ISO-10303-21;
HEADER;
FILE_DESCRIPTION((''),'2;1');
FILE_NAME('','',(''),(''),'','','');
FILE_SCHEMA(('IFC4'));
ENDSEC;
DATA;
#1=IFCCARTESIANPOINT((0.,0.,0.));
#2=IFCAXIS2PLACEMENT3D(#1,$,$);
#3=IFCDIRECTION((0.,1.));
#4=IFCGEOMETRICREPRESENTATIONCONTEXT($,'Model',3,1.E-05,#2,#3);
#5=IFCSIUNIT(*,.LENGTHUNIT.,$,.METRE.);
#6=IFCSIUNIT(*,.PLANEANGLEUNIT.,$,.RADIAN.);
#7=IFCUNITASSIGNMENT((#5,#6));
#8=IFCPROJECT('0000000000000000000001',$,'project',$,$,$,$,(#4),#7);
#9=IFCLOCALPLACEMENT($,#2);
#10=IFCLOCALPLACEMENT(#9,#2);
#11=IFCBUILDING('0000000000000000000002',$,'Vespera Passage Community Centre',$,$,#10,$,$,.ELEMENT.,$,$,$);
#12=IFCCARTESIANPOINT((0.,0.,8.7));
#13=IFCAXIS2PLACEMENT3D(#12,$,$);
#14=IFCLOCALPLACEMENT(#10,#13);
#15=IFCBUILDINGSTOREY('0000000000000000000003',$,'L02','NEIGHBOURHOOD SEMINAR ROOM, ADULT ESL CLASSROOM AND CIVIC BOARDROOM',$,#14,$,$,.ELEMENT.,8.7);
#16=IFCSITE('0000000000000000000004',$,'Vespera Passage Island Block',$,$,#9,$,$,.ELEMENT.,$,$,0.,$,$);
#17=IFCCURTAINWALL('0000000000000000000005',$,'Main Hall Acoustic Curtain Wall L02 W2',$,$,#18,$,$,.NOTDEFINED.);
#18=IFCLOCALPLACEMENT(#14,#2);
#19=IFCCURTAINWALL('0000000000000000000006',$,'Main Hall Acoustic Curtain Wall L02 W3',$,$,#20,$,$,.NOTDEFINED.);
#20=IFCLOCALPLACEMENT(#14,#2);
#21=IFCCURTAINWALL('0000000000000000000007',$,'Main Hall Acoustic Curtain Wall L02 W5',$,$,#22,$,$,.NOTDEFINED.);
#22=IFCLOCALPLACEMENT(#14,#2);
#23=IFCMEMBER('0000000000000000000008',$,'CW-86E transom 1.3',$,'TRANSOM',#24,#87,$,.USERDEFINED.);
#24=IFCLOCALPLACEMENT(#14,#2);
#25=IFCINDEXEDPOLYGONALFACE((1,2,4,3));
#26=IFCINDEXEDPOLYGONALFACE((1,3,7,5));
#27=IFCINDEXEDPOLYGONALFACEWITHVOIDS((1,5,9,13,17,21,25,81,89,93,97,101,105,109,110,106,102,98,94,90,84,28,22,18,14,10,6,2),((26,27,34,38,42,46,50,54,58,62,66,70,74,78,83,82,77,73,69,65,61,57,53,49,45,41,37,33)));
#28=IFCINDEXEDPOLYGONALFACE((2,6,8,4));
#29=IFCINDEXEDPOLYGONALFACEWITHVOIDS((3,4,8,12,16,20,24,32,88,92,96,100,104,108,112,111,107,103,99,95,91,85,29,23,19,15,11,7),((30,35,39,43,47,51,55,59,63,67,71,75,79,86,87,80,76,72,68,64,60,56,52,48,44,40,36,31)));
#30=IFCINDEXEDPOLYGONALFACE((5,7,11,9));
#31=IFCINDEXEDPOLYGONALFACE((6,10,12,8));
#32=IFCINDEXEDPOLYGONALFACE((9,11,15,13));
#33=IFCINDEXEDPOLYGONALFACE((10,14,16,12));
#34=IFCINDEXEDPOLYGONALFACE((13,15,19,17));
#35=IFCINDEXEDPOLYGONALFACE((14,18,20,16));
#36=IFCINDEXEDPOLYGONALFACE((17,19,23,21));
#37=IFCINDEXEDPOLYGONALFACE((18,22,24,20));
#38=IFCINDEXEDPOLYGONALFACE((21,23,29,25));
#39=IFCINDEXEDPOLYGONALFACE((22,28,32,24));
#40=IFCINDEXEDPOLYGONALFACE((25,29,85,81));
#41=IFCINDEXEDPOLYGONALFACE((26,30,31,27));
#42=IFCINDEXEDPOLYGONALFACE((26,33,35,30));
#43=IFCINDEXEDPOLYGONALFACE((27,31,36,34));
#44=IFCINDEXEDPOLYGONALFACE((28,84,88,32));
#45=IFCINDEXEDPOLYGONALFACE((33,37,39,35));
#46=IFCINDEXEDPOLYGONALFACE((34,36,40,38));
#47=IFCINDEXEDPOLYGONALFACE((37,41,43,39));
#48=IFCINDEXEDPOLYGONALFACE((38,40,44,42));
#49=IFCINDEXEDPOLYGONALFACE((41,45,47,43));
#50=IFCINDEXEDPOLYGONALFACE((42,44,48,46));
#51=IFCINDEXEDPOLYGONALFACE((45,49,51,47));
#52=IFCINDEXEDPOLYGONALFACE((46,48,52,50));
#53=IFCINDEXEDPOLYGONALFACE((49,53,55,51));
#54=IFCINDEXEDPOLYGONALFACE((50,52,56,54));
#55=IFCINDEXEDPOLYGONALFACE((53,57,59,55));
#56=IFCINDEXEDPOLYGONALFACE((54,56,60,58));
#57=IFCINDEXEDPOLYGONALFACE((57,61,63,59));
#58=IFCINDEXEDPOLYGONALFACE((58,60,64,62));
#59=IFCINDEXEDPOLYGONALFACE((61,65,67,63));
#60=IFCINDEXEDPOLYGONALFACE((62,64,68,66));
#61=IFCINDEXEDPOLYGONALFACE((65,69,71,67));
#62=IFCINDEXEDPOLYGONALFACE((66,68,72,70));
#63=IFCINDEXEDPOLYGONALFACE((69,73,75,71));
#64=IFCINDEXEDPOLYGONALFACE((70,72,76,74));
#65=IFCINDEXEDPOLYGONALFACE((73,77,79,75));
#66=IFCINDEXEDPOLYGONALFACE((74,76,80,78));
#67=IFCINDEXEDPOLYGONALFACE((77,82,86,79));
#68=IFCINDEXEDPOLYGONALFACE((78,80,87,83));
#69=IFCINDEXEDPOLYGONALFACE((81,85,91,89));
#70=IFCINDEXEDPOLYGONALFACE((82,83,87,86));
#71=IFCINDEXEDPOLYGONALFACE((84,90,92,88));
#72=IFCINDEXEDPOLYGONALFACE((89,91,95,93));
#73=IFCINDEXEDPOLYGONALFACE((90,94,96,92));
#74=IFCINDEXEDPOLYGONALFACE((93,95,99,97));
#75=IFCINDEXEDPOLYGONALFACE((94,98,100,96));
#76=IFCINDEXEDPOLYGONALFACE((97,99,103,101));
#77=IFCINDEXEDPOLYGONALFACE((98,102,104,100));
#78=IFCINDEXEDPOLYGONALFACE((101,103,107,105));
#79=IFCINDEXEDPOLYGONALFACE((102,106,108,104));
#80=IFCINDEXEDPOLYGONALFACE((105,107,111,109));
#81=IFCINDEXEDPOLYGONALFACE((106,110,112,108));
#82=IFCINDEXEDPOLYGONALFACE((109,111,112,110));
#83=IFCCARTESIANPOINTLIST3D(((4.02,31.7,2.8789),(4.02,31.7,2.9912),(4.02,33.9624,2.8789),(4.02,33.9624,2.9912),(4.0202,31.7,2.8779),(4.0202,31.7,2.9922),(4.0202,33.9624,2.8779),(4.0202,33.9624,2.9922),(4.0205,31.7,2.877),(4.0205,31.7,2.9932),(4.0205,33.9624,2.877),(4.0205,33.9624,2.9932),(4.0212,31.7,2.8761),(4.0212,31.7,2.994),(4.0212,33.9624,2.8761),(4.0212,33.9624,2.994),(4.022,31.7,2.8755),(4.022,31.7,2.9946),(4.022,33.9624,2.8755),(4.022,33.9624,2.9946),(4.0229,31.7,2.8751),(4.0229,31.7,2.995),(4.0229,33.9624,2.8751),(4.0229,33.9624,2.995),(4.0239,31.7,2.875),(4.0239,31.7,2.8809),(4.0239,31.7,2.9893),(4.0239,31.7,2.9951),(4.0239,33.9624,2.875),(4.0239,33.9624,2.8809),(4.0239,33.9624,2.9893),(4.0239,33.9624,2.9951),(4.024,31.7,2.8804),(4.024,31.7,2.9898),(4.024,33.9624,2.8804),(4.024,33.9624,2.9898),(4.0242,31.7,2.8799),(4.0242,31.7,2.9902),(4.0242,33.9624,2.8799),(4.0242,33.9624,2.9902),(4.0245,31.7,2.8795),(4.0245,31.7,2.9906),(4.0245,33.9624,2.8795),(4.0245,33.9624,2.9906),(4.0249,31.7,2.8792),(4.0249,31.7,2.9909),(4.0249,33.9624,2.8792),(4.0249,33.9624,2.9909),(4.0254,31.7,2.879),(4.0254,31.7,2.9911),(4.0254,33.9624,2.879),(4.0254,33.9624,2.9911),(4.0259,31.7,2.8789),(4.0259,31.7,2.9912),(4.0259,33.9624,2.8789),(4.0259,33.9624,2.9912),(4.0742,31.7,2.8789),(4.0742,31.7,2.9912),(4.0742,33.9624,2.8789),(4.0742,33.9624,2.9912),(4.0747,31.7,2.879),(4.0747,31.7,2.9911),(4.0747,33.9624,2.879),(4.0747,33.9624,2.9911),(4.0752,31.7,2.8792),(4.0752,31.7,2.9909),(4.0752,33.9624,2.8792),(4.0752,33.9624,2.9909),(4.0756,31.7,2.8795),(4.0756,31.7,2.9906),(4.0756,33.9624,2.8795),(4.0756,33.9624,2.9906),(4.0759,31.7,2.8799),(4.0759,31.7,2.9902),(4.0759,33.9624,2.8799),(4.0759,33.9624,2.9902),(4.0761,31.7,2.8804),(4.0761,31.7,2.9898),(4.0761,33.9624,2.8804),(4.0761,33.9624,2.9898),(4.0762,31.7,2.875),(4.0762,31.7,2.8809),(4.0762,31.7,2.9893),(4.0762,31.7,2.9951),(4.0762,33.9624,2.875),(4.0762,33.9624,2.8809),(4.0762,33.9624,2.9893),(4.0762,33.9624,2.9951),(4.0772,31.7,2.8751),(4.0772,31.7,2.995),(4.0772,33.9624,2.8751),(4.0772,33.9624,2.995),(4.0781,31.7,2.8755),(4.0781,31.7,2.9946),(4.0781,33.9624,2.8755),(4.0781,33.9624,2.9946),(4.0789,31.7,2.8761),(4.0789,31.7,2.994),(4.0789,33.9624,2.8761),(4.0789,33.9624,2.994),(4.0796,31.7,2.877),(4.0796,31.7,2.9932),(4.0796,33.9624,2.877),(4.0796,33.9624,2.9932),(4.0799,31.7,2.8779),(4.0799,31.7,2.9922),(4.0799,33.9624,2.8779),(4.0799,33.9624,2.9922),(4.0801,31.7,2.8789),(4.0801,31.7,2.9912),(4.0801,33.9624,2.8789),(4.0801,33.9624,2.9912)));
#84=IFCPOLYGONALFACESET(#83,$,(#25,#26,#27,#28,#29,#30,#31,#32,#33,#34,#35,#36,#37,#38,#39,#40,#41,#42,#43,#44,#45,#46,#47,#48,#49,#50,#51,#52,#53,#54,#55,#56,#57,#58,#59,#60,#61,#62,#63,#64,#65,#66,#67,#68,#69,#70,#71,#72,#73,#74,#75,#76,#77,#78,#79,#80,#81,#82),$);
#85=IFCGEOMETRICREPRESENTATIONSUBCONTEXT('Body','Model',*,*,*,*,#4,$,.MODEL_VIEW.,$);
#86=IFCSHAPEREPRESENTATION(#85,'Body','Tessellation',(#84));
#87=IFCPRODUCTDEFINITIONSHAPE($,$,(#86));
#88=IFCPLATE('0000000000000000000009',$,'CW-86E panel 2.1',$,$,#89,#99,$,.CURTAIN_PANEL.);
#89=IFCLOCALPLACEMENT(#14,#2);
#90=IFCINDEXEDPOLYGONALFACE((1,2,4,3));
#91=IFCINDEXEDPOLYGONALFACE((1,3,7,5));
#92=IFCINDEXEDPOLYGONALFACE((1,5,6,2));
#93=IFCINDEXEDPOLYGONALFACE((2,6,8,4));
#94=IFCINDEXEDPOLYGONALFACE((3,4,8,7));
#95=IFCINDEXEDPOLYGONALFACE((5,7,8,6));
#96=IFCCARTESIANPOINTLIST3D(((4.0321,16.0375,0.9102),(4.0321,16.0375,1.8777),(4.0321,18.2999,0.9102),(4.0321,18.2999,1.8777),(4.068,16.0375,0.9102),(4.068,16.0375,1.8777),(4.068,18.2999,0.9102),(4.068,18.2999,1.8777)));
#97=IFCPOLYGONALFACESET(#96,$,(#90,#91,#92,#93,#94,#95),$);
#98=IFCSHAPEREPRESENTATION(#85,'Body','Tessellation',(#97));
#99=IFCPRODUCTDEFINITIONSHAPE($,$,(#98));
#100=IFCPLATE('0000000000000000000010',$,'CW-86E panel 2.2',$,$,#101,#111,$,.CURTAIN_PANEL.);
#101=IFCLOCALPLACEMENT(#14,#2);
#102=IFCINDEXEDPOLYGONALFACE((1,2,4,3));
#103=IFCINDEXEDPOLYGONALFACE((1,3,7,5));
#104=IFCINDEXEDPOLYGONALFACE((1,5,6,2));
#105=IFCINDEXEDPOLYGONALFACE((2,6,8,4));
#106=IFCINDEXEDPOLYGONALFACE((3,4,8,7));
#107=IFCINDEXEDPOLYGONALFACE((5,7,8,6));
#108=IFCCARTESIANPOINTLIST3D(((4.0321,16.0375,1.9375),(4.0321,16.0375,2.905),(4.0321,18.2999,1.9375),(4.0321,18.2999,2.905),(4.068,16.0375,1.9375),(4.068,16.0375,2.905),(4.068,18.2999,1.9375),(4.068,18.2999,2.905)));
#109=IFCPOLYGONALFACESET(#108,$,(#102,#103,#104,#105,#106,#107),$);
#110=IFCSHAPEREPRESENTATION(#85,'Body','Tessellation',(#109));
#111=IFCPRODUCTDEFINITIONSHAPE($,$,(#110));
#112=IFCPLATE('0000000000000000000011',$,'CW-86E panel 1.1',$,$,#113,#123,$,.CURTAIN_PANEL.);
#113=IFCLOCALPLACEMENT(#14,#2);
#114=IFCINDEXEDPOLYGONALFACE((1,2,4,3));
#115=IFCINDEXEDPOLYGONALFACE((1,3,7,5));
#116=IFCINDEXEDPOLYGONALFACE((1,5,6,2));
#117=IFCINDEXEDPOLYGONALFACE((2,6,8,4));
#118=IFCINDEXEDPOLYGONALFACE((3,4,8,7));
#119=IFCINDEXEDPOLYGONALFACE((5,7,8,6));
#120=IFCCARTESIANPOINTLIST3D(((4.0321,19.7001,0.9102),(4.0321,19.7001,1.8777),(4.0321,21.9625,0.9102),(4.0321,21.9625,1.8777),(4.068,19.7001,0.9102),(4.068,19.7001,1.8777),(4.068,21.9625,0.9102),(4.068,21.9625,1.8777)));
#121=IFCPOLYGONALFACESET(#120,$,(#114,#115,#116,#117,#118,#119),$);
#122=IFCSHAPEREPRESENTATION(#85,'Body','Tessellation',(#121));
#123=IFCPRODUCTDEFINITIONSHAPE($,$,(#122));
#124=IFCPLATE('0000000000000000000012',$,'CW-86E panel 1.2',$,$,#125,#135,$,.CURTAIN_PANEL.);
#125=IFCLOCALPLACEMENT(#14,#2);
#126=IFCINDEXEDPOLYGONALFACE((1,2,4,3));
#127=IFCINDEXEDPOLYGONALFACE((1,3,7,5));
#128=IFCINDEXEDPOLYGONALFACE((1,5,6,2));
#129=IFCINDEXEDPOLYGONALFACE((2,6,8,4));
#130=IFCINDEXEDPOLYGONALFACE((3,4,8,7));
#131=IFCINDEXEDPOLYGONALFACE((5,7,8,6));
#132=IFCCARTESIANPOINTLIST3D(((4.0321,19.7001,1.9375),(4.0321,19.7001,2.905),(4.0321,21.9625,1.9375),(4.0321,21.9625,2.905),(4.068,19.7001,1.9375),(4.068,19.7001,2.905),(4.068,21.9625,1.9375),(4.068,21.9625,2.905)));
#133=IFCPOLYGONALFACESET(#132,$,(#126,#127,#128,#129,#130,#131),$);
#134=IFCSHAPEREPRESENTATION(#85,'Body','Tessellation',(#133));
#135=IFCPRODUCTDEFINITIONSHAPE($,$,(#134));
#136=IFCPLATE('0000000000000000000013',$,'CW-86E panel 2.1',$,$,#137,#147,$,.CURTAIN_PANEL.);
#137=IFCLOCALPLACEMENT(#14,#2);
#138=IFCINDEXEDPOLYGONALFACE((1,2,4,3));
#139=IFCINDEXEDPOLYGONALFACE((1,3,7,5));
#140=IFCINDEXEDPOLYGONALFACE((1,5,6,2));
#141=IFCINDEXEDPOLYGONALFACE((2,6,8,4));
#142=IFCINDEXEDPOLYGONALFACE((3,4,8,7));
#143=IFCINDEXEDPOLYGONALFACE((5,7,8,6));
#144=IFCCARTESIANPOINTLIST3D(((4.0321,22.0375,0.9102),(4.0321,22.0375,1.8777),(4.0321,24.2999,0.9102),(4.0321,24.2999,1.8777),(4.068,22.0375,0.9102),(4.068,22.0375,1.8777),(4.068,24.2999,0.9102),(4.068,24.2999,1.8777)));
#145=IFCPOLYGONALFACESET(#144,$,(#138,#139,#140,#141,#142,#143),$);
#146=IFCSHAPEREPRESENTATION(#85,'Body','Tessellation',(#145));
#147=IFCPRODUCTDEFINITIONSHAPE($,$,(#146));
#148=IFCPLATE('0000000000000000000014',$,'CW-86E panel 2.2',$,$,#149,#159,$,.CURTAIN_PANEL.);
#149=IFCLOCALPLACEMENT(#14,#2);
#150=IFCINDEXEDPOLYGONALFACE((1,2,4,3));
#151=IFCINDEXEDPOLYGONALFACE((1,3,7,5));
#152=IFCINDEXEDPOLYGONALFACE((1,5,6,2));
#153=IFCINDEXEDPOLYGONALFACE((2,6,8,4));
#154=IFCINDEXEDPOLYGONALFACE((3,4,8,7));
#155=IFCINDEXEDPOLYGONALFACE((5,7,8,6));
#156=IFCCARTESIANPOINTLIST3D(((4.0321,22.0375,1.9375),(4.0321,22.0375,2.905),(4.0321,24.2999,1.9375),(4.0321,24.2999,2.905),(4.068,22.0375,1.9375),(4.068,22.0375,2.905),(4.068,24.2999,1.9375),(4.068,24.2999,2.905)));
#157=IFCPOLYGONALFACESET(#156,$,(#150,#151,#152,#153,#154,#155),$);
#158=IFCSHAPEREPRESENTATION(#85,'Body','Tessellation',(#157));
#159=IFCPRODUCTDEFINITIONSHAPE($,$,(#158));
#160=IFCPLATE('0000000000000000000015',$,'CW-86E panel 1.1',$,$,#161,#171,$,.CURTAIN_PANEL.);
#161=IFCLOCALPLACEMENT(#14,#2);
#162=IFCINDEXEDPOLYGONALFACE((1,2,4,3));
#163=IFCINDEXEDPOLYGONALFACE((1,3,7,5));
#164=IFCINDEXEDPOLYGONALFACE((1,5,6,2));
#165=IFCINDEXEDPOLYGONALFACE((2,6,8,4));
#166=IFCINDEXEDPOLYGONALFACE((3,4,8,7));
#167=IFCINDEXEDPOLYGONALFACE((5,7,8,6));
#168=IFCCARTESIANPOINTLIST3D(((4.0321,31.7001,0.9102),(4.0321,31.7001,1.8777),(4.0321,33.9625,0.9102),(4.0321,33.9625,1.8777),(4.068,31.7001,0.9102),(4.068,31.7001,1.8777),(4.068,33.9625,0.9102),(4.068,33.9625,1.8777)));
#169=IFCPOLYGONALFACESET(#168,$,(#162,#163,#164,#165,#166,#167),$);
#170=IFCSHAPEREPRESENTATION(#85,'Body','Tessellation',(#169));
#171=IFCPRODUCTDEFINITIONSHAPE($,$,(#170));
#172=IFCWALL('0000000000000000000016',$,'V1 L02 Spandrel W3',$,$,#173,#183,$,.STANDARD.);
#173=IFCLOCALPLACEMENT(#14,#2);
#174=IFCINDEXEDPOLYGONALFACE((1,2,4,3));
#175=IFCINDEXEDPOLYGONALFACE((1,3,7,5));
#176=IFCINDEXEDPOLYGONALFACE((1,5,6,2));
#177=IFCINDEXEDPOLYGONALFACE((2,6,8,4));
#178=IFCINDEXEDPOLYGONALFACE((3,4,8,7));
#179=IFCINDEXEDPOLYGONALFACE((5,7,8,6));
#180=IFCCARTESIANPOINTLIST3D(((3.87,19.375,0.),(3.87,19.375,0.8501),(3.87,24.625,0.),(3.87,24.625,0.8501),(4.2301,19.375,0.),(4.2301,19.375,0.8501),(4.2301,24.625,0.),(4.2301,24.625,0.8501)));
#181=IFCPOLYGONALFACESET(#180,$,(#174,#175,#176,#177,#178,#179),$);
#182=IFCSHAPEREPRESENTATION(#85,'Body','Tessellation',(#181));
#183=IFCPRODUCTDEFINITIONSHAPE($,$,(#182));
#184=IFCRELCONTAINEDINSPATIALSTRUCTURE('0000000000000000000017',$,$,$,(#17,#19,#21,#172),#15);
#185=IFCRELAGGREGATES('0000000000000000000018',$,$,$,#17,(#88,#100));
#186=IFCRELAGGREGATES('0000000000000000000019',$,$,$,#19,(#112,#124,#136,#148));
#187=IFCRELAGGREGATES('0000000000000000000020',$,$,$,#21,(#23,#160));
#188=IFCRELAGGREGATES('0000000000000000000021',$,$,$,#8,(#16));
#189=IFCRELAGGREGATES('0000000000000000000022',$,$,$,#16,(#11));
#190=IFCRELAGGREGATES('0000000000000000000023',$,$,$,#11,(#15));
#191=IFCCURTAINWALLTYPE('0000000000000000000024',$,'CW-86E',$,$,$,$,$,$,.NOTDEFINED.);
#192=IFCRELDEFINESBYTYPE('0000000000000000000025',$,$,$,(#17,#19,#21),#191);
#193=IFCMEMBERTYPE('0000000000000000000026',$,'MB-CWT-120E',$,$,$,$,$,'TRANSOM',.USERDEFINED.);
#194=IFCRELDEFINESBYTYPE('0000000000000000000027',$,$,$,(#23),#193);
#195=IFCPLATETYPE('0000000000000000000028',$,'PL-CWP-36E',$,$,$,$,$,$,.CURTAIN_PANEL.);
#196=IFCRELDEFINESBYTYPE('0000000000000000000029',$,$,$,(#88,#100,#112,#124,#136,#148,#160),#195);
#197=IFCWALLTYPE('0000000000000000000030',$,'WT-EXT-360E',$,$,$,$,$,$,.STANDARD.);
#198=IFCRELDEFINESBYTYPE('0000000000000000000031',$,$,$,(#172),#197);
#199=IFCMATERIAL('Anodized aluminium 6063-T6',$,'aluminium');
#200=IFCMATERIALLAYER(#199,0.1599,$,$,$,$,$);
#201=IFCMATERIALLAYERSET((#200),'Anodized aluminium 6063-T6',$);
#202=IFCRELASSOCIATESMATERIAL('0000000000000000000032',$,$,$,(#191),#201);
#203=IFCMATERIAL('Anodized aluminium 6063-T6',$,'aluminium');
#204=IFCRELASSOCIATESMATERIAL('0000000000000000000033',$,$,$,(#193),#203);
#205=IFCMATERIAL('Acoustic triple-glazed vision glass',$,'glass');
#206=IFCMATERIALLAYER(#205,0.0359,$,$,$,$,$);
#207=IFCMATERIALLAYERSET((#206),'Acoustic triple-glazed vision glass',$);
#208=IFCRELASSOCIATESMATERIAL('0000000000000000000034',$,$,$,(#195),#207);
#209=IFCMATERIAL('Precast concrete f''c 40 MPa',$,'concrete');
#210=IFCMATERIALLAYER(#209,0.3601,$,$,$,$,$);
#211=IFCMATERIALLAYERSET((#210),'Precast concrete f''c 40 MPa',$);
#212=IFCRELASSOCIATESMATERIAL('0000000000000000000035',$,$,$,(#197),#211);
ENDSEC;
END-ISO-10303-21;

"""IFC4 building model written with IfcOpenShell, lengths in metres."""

from ifc_helpers import new_model, si_unit, direction, frame, frame_2d, origin, origin_2d, place, context, subcontext, project, spatial, rectangle, hollow_rectangle, extrude, material, layer, layer_set, material_profile, profile_set, type_object, element, aggregate, save


model = new_model("IFC4")

# Units and contexts
model_context = context("Model", 3, precision=1e-05, world=origin(), true_north=direction((0.0, 1.0)))
body_context = subcontext(model_context, "Body", "Model", "MODEL_VIEW")
ifc_project = project(units=[si_unit("LENGTHUNIT", "METRE"), si_unit("PLANEANGLEUNIT", "RADIAN")], contexts=[model_context])

# Site, building, storey
site_placement = place(None, origin())
site = spatial("IfcSite", under=ifc_project, at=site_placement, Name="Vespera Passage Island Block", CompositionType="ELEMENT", RefElevation=0.0)
building_placement = place(site_placement, origin())
building = spatial("IfcBuilding", under=site, at=building_placement, Name="Vespera Passage Community Centre", CompositionType="ELEMENT")
storey_placement = place(building_placement, frame((0.0, 0.0, 8.7)))
storey = spatial("IfcBuildingStorey", under=building, at=storey_placement, Name="L02", Description="NEIGHBOURHOOD SEMINAR ROOM, ADULT ESL CLASSROOM AND CIVIC BOARDROOM", CompositionType="ELEMENT", Elevation=8.7)

# Curtain wall
ifc_material_1 = material(Name="Anodized aluminium 6063-T6", Category="aluminium")
ifc_layer_1 = layer(ifc_material_1, 0.1599)
ifc_layer_set_1 = layer_set([ifc_layer_1], Name="Anodized aluminium 6063-T6")
curtain_wall_type = type_object("IfcCurtainWallType", Name="CW-86E", PredefinedType="NOTDEFINED", material=ifc_layer_set_1)
curtain_wall_1_placement = place(storey_placement, origin())
curtain_wall_1 = element("IfcCurtainWall", 1, at=curtain_wall_1_placement, inside=storey, type_object=curtain_wall_type, Name="Main Hall Acoustic Curtain Wall L02 W2", PredefinedType="NOTDEFINED")

# Curtain wall
curtain_wall_2_placement = place(storey_placement, origin())
curtain_wall_2 = element("IfcCurtainWall", 2, at=curtain_wall_2_placement, inside=storey, type_object=curtain_wall_type, Name="Main Hall Acoustic Curtain Wall L02 W3", PredefinedType="NOTDEFINED")

# Curtain wall
curtain_wall_3_placement = place(storey_placement, origin())
curtain_wall_3 = element("IfcCurtainWall", 3, at=curtain_wall_3_placement, inside=storey, type_object=curtain_wall_type, Name="Main Hall Acoustic Curtain Wall L02 W5", PredefinedType="NOTDEFINED")

# Member
ifc_material_2 = material(Name="Anodized aluminium 6063-T6", Category="aluminium")
ifc_material_profile_1 = material_profile(ifc_material_2, hollow_rectangle(XDim=0.0601, YDim=0.1201, WallThickness=0.0039, InnerFilletRadius=0.002, OuterFilletRadius=0.0039, at=origin_2d()), Name="ALU120X60X4")
ifc_profile_set_1 = profile_set([ifc_material_profile_1], Name="Anodized aluminium 6063-T6")
member_type_1 = type_object("IfcMemberType", Name="MB-CWT-120E", ElementType="TRANSOM", PredefinedType="USERDEFINED", material=ifc_profile_set_1)
member_1_placement = place(storey_placement, frame((4.05, 31.7, 2.9351), z_axis=(0.0, 1.0, 0.0), x_axis=(-1.0, 0.0, 0.0)))
member_1 = element("IfcMember", 4, at=member_1_placement, type_object=member_type_1, Name="CW-86E transom 1.3", ObjectType="TRANSOM", PredefinedType="USERDEFINED", context=body_context, shape_type="SweptSolid", body=[
    extrude(hollow_rectangle(XDim=0.0601, YDim=0.1201, WallThickness=0.0039, InnerFilletRadius=0.002, OuterFilletRadius=0.0039, at=origin_2d()), origin(), (0.0, 0.0, 1.0), 2.2625),
])

# Plates
ifc_material_3 = material(Name="Acoustic triple-glazed vision glass", Category="glass")
ifc_layer_2 = layer(ifc_material_3, 0.0359)
ifc_layer_set_2 = layer_set([ifc_layer_2], Name="Acoustic triple-glazed vision glass")
plate_type = type_object("IfcPlateType", Name="PL-CWP-36E", PredefinedType="CURTAIN_PANEL", material=ifc_layer_set_2)
plate_1_placement = place(storey_placement, frame((4.05, 17.1687, 0.9102), z_axis=(0.0, 0.0, 1.0), x_axis=(0.0, 1.0, 0.0)))
plate_1 = element("IfcPlate", 5, at=plate_1_placement, type_object=plate_type, Name="CW-86E panel 2.1", PredefinedType="CURTAIN_PANEL", context=body_context, shape_type="SweptSolid", body=[
    extrude(rectangle(XDim=2.2625, YDim=0.0359, at=origin_2d()), origin(), (0.0, 0.0, 1.0), 0.9675),
])
plate_2_placement = place(storey_placement, frame((4.05, 17.1687, 1.9375), z_axis=(0.0, 0.0, 1.0), x_axis=(0.0, 1.0, 0.0)))
plate_2 = element("IfcPlate", 6, at=plate_2_placement, type_object=plate_type, Name="CW-86E panel 2.2", PredefinedType="CURTAIN_PANEL", context=body_context, shape_type="SweptSolid", body=[
    extrude(rectangle(XDim=2.2625, YDim=0.0359, at=origin_2d()), origin(), (0.0, 0.0, 1.0), 0.9675),
])
aggregate(curtain_wall_1, [plate_1, plate_2])
plate_3_placement = place(storey_placement, frame((4.05, 20.8313, 0.9102), z_axis=(0.0, 0.0, 1.0), x_axis=(0.0, 1.0, 0.0)))
plate_3 = element("IfcPlate", 7, at=plate_3_placement, type_object=plate_type, Name="CW-86E panel 1.1", PredefinedType="CURTAIN_PANEL", context=body_context, shape_type="SweptSolid", body=[
    extrude(rectangle(XDim=2.2625, YDim=0.0359, at=origin_2d()), origin(), (0.0, 0.0, 1.0), 0.9675),
])
plate_4_placement = place(storey_placement, frame((4.05, 20.8313, 1.9375), z_axis=(0.0, 0.0, 1.0), x_axis=(0.0, 1.0, 0.0)))
plate_4 = element("IfcPlate", 8, at=plate_4_placement, type_object=plate_type, Name="CW-86E panel 1.2", PredefinedType="CURTAIN_PANEL", context=body_context, shape_type="SweptSolid", body=[
    extrude(rectangle(XDim=2.2625, YDim=0.0359, at=origin_2d()), origin(), (0.0, 0.0, 1.0), 0.9675),
])
plate_5_placement = place(storey_placement, frame((4.05, 23.1687, 0.9102), z_axis=(0.0, 0.0, 1.0), x_axis=(0.0, 1.0, 0.0)))
plate_5 = element("IfcPlate", 9, at=plate_5_placement, type_object=plate_type, Name="CW-86E panel 2.1", PredefinedType="CURTAIN_PANEL", context=body_context, shape_type="SweptSolid", body=[
    extrude(rectangle(XDim=2.2625, YDim=0.0359, at=origin_2d()), origin(), (0.0, 0.0, 1.0), 0.9675),
])
plate_6_placement = place(storey_placement, frame((4.05, 23.1687, 1.9375), z_axis=(0.0, 0.0, 1.0), x_axis=(0.0, 1.0, 0.0)))
plate_6 = element("IfcPlate", 10, at=plate_6_placement, type_object=plate_type, Name="CW-86E panel 2.2", PredefinedType="CURTAIN_PANEL", context=body_context, shape_type="SweptSolid", body=[
    extrude(rectangle(XDim=2.2625, YDim=0.0359, at=origin_2d()), origin(), (0.0, 0.0, 1.0), 0.9675),
])
aggregate(curtain_wall_2, [plate_3, plate_4, plate_5, plate_6])
plate_7_placement = place(storey_placement, frame((4.05, 32.8313, 0.9102), z_axis=(0.0, 0.0, 1.0), x_axis=(0.0, 1.0, 0.0)))
plate_7 = element("IfcPlate", 11, at=plate_7_placement, type_object=plate_type, Name="CW-86E panel 1.1", PredefinedType="CURTAIN_PANEL", context=body_context, shape_type="SweptSolid", body=[
    extrude(rectangle(XDim=2.2625, YDim=0.0359, at=origin_2d()), origin(), (0.0, 0.0, 1.0), 0.9675),
])
aggregate(curtain_wall_3, [member_1, plate_7])

# Wall
ifc_material_4 = material(Name="Precast concrete f'c 40 MPa", Category="concrete")
ifc_layer_3 = layer(ifc_material_4, 0.3601)
ifc_layer_set_3 = layer_set([ifc_layer_3], Name="Precast concrete f'c 40 MPa")
wall_type = type_object("IfcWallType", Name="WT-EXT-360E", PredefinedType="STANDARD", material=ifc_layer_set_3)
wall_1_placement = place(storey_placement, frame((4.05, 19.375, 0.0), z_axis=(0.0, 0.0, 1.0), x_axis=(0.0, 1.0, 0.0)))
element("IfcWall", 12, at=wall_1_placement, inside=storey, type_object=wall_type, Name="V1 L02 Spandrel W3", PredefinedType="STANDARD", context=body_context, shape_type="SweptSolid", body=[
    extrude(rectangle(XDim=5.25, YDim=0.3601, at=frame_2d((2.625, 0.0))), origin(), (0.0, 0.0, 1.0), 0.8501),
])

save(model, "model.ifc")
